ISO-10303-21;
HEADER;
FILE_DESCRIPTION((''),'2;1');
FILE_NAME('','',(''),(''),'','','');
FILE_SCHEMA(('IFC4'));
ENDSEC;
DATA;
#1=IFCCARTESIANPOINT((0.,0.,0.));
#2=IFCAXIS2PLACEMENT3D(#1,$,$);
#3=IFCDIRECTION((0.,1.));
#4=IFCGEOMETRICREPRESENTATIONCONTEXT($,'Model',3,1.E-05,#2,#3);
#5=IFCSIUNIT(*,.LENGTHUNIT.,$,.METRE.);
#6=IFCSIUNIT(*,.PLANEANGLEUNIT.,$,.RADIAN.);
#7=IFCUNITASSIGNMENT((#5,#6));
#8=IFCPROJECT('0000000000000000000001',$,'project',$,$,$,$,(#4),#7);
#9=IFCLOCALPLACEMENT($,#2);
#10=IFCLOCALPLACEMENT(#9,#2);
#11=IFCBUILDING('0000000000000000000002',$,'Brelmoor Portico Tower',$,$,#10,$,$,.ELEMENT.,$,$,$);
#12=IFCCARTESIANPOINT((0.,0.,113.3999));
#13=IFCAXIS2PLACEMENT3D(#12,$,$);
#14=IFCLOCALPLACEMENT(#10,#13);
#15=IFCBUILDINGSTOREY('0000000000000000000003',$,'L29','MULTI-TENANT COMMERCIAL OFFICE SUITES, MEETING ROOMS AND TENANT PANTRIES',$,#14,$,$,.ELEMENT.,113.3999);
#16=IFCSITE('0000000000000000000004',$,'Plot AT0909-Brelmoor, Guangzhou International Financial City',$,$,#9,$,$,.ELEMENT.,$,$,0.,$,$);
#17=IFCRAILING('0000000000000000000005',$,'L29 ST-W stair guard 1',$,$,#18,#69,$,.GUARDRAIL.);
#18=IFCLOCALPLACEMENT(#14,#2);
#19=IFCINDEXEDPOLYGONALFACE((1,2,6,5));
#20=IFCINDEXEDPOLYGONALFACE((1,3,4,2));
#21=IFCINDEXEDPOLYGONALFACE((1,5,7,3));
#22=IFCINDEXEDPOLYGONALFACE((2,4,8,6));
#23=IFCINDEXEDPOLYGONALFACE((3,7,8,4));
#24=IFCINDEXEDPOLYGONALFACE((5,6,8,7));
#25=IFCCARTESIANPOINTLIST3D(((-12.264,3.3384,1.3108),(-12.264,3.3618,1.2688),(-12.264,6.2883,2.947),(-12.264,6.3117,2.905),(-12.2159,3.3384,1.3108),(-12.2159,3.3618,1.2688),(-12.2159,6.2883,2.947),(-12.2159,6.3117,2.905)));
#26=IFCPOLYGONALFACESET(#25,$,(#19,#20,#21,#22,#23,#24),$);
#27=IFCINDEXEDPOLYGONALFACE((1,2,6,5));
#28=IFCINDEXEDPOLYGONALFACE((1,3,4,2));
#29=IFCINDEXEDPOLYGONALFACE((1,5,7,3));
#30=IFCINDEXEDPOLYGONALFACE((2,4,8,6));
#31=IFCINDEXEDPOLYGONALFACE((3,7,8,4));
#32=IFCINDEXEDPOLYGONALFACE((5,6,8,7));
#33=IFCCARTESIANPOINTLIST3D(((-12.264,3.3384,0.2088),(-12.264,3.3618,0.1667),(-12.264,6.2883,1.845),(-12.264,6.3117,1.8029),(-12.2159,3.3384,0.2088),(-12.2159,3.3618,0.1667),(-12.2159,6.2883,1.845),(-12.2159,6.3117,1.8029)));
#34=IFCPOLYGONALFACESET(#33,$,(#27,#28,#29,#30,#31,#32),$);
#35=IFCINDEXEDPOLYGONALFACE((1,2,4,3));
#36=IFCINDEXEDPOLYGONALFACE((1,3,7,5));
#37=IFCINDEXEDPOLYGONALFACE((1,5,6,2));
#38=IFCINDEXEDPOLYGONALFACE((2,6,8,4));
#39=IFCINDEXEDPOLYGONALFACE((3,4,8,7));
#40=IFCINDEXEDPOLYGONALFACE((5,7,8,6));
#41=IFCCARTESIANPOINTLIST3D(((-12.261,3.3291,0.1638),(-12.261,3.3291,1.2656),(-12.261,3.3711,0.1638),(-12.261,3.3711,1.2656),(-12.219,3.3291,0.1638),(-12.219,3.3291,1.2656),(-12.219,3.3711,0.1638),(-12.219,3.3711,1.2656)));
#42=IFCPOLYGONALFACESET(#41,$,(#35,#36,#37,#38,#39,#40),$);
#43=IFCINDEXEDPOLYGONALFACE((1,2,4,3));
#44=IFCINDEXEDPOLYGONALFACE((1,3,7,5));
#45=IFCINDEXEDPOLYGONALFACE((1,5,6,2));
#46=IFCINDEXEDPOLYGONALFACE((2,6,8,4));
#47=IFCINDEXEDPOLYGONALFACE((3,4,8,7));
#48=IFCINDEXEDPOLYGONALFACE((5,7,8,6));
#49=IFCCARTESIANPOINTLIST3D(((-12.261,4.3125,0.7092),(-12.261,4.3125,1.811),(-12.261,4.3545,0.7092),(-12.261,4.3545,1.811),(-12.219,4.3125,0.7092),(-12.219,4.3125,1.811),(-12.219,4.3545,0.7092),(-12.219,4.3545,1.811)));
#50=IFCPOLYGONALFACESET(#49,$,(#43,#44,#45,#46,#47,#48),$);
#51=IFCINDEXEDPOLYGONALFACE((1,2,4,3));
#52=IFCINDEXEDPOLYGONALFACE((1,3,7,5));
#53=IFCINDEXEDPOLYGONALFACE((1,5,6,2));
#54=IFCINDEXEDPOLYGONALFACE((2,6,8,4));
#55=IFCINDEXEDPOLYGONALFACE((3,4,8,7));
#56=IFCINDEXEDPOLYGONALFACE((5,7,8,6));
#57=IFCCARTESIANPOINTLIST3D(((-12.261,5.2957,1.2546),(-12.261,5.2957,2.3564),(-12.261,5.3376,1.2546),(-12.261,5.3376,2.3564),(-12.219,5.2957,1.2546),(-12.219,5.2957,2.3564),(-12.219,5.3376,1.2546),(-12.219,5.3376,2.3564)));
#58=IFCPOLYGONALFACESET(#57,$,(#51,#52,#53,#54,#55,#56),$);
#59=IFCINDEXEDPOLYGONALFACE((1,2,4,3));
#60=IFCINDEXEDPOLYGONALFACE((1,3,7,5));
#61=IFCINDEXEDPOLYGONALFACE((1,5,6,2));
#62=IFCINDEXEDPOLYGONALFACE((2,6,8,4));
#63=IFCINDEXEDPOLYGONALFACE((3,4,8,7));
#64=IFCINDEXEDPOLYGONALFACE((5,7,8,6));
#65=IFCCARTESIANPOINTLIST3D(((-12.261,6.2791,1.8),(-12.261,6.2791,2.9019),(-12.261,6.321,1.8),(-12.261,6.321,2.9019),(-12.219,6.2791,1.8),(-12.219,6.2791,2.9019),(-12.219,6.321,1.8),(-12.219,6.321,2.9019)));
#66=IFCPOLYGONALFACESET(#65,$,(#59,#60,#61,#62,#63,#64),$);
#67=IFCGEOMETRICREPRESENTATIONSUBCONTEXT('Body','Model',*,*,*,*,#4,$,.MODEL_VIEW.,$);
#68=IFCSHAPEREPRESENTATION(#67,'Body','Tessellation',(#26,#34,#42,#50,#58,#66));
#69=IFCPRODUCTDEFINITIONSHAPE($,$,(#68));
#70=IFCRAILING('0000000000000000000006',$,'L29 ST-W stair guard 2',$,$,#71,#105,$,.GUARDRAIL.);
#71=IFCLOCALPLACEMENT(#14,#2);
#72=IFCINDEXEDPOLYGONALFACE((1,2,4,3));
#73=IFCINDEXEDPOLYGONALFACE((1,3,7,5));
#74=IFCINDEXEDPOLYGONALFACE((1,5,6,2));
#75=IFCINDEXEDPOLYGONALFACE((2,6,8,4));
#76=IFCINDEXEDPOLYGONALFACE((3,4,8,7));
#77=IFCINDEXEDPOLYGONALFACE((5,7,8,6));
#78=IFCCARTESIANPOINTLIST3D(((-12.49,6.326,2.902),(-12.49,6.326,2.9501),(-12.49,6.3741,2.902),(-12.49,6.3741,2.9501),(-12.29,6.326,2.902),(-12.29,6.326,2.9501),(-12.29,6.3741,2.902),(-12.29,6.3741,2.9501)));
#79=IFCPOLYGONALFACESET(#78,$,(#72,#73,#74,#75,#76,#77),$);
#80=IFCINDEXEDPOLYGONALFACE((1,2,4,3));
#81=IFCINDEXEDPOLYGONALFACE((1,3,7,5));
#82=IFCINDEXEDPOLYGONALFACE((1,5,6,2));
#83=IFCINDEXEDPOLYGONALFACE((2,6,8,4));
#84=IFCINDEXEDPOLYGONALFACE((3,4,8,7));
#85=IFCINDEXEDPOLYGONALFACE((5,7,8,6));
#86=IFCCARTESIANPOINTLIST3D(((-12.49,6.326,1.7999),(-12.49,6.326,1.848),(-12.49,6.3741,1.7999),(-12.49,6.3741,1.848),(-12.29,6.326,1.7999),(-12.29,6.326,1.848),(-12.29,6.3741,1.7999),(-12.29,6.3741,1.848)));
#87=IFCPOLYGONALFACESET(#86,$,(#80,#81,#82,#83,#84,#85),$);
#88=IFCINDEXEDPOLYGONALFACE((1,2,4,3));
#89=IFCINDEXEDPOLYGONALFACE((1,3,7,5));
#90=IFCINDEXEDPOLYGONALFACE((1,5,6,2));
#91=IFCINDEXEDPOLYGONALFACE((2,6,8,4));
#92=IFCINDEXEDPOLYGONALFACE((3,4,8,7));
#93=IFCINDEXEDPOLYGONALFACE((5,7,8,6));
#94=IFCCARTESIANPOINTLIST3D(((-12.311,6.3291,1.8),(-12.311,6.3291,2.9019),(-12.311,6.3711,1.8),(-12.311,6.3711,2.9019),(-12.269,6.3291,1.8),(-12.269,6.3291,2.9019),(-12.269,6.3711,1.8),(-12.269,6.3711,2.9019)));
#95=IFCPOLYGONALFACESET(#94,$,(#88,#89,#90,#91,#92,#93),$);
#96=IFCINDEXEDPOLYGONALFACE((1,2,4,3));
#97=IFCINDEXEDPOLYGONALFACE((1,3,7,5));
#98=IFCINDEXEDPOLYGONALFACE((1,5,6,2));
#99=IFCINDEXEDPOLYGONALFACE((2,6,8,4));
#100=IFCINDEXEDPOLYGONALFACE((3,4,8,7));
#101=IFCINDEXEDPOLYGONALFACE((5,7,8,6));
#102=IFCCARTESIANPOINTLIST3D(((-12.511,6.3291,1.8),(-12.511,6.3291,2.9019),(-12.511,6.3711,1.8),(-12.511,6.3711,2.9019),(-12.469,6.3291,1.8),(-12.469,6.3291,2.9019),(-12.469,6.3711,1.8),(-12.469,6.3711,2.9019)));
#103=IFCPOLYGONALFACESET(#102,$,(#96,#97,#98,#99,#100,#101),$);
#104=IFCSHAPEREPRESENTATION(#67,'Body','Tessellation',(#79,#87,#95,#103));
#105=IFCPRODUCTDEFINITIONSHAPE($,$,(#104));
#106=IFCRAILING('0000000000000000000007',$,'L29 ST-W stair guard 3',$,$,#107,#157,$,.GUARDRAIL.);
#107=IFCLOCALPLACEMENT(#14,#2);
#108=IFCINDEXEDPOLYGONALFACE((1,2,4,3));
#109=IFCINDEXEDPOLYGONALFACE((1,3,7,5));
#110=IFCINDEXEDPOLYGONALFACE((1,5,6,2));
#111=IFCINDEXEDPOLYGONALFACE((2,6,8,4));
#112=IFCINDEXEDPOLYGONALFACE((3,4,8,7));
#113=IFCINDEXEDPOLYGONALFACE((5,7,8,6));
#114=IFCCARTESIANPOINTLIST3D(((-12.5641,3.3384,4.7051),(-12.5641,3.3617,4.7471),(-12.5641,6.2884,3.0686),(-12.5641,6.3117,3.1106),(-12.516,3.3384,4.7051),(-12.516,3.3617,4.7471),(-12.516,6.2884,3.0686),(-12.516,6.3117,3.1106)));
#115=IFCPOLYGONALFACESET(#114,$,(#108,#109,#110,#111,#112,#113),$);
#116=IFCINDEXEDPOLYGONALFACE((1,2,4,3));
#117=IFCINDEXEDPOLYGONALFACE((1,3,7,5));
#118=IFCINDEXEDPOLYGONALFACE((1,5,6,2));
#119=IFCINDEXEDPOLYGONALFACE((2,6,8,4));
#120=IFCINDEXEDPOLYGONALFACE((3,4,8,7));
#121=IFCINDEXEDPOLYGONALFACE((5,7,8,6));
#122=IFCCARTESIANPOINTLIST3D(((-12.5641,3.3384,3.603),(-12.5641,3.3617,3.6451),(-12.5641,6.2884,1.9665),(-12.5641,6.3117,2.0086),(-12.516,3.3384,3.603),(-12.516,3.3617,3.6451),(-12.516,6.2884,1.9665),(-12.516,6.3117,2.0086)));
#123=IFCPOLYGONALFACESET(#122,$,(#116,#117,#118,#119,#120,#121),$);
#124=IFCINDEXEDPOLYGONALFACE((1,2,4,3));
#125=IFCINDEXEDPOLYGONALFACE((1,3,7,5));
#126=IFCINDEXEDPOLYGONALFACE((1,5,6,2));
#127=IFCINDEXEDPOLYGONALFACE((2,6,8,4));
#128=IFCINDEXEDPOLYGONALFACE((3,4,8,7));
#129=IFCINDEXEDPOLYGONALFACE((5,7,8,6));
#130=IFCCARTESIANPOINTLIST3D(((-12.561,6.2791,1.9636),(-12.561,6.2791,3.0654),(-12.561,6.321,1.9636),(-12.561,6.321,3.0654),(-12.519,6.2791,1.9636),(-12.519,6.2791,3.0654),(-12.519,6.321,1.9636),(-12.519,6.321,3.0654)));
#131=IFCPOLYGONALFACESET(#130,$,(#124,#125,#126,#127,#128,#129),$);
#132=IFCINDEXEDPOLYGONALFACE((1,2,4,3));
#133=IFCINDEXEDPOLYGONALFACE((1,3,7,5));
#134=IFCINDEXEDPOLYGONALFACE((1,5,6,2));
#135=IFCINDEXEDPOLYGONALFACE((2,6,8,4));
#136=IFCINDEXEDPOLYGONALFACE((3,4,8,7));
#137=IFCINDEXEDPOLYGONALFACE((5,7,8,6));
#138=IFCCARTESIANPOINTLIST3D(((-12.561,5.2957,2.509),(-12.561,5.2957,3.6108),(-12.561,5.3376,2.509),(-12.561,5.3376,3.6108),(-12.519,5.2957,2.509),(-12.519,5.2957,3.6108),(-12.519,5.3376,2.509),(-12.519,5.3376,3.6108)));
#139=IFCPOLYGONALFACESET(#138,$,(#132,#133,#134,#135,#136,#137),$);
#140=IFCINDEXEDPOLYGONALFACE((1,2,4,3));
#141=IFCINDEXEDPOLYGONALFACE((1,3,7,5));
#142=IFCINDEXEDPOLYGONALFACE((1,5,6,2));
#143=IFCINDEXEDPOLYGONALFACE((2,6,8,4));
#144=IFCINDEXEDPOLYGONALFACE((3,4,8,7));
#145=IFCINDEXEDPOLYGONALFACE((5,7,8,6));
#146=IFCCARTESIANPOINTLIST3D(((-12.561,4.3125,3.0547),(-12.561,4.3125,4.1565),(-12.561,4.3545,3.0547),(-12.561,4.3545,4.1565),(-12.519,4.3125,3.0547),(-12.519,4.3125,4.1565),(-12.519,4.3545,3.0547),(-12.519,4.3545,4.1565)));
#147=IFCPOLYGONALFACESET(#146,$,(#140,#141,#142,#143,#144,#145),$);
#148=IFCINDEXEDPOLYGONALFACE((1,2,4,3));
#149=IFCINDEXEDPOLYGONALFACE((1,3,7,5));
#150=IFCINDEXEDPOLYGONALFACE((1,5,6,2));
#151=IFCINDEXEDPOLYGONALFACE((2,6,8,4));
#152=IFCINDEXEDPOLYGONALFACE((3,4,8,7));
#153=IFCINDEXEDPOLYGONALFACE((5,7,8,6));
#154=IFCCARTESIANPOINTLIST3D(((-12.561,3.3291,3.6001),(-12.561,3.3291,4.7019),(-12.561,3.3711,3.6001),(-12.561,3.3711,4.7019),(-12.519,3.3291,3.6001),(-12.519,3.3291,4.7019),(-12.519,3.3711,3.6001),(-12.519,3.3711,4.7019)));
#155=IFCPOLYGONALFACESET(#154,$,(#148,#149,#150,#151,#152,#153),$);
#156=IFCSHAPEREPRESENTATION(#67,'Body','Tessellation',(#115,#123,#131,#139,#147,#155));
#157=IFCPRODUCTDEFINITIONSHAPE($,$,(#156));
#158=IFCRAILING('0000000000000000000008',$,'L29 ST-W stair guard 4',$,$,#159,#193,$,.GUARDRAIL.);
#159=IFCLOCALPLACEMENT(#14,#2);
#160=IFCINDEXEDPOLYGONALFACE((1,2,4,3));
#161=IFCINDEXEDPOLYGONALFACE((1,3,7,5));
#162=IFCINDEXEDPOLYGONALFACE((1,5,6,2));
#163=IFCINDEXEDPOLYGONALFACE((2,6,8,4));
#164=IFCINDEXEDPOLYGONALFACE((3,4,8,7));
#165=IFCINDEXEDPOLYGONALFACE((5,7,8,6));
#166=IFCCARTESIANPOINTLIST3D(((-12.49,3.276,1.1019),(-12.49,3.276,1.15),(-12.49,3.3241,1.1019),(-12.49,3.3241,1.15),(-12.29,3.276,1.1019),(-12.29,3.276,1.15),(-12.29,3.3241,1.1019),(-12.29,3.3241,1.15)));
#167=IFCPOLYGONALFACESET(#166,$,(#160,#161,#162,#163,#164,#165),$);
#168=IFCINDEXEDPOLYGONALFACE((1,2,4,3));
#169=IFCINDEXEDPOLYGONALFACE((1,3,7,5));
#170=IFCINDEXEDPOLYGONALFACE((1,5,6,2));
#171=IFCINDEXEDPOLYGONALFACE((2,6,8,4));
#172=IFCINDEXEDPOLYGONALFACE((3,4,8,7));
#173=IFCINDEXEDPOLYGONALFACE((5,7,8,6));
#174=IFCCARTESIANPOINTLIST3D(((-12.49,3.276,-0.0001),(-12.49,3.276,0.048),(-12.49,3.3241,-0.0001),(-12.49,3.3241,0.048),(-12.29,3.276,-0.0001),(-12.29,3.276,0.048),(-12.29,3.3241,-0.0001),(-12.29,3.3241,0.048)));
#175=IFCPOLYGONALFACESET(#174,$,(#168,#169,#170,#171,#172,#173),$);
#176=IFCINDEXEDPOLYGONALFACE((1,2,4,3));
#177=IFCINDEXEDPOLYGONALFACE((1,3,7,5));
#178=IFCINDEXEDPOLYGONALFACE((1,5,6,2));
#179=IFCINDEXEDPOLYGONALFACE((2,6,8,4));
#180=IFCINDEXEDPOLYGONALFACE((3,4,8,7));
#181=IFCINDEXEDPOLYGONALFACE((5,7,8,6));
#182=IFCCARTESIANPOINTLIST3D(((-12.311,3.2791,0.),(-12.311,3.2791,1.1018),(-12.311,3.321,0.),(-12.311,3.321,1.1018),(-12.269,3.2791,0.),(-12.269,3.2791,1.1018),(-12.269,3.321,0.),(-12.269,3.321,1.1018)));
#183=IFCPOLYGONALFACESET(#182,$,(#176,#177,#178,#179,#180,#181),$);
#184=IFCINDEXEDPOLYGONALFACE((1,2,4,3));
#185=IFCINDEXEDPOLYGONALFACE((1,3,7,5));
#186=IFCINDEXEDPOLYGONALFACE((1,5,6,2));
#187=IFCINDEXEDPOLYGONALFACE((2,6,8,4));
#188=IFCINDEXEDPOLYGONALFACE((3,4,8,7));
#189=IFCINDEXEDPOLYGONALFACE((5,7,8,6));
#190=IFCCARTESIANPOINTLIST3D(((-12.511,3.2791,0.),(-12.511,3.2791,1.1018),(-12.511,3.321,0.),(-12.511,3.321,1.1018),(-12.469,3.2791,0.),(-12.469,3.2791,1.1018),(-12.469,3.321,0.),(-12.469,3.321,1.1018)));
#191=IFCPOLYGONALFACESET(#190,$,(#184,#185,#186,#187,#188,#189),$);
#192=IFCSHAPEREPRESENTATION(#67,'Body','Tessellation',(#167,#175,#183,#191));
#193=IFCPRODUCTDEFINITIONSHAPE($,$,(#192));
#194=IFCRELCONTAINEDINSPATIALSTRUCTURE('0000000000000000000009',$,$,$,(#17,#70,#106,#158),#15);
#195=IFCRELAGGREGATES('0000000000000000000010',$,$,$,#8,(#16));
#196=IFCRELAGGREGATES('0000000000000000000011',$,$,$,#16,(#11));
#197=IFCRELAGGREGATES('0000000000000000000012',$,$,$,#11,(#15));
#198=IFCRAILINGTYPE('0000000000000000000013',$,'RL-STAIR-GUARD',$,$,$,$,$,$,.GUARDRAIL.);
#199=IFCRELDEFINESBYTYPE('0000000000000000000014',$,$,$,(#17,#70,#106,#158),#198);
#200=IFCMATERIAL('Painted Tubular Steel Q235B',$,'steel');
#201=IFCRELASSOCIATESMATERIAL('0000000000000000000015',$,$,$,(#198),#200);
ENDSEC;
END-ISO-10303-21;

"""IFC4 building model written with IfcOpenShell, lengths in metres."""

from ifc_helpers import new_model, si_unit, direction, frame, origin, origin_2d, place, context, subcontext, project, spatial, rectangle, extrude, material, type_object, element, save


model = new_model("IFC4")

# Units and contexts
model_context = context("Model", 3, precision=1e-05, world=origin(), true_north=direction((0.0, 1.0)))
body_context = subcontext(model_context, "Body", "Model", "MODEL_VIEW")
ifc_project = project(units=[si_unit("LENGTHUNIT", "METRE"), si_unit("PLANEANGLEUNIT", "RADIAN")], contexts=[model_context])

# Site, building, storey
site_placement = place(None, origin())
site = spatial("IfcSite", under=ifc_project, at=site_placement, Name="Plot AT0909-Brelmoor, Guangzhou International Financial City", CompositionType="ELEMENT", RefElevation=0.0)
building_placement = place(site_placement, origin())
building = spatial("IfcBuilding", under=site, at=building_placement, Name="Brelmoor Portico Tower", CompositionType="ELEMENT")
storey_placement = place(building_placement, frame((0.0, 0.0, 113.3999)))
storey = spatial("IfcBuildingStorey", under=building, at=storey_placement, Name="L29", Description="MULTI-TENANT COMMERCIAL OFFICE SUITES, MEETING ROOMS AND TENANT PANTRIES", CompositionType="ELEMENT", Elevation=113.3999)

# Railings
ifc_material_1 = material(Name="Painted Tubular Steel Q235B", Category="steel")
railing_type_1 = type_object("IfcRailingType", Name="RL-STAIR-GUARD", PredefinedType="GUARDRAIL", material=ifc_material_1)
railing_1_placement = place(storey_placement, frame((-12.24, 3.3501, 0.1638)))
element("IfcRailing", 1, at=railing_1_placement, inside=storey, type_object=railing_type_1, Name="L29 ST-W stair guard 1", PredefinedType="GUARDRAIL", context=body_context, shape_type="SweptSolid", body=[
    extrude(rectangle(XDim=0.0481, YDim=0.0481, at=origin_2d()), frame((0.0, 0.0, 1.126), z_axis=(0.0, 0.874488, 0.485047), x_axis=(-1.0, 0.0, 0.0)), (0.0, 0.0, 1.0), 3.3733),
    extrude(rectangle(XDim=0.0481, YDim=0.0481, at=origin_2d()), frame((0.0, 0.0, 0.0239), z_axis=(0.0, 0.874488, 0.485047), x_axis=(-1.0, 0.0, 0.0)), (0.0, 0.0, 1.0), 3.3733),
    extrude(rectangle(XDim=0.042, YDim=0.042, at=origin_2d()), origin(), (0.0, 0.0, 1.0), 1.1018),
    extrude(rectangle(XDim=0.042, YDim=0.042, at=origin_2d()), frame((0.0, 0.9834, 0.5454)), (0.0, 0.0, 1.0), 1.1018),
    extrude(rectangle(XDim=0.042, YDim=0.042, at=origin_2d()), frame((0.0, 1.9666, 1.0908)), (0.0, 0.0, 1.0), 1.1018),
    extrude(rectangle(XDim=0.042, YDim=0.042, at=origin_2d()), frame((0.0, 2.95, 1.6362)), (0.0, 0.0, 1.0), 1.1018),
])
railing_2_placement = place(storey_placement, frame((-12.29, 6.3501, 1.8)))
element("IfcRailing", 2, at=railing_2_placement, inside=storey, type_object=railing_type_1, Name="L29 ST-W stair guard 2", PredefinedType="GUARDRAIL", context=body_context, shape_type="SweptSolid", body=[
    extrude(rectangle(XDim=0.0481, YDim=0.0481, at=origin_2d()), frame((0.0, 0.0, 1.126), z_axis=(-1.0, 0.0, 0.0), x_axis=(0.0, -1.0, 0.0)), (0.0, 0.0, 1.0), 0.2),
    extrude(rectangle(XDim=0.0481, YDim=0.0481, at=origin_2d()), frame((0.0, 0.0, 0.0239), z_axis=(-1.0, 0.0, 0.0), x_axis=(0.0, -1.0, 0.0)), (0.0, 0.0, 1.0), 0.2),
    extrude(rectangle(XDim=0.042, YDim=0.042, at=origin_2d()), origin(), (0.0, 0.0, 1.0), 1.1018),
    extrude(rectangle(XDim=0.042, YDim=0.042, at=origin_2d()), frame((-0.2, 0.0, 0.0)), (0.0, 0.0, 1.0), 1.1018),
])
railing_3_placement = place(storey_placement, frame((-12.54, 6.3, 1.9636)))
element("IfcRailing", 3, at=railing_3_placement, inside=storey, type_object=railing_type_1, Name="L29 ST-W stair guard 3", PredefinedType="GUARDRAIL", context=body_context, shape_type="SweptSolid", body=[
    extrude(rectangle(XDim=0.0481, YDim=0.0481, at=origin_2d()), frame((0.0, 0.0, 1.126), z_axis=(0.0, -0.874458, 0.485102), x_axis=(1.0, 0.0, 0.0)), (0.0, 0.0, 1.0), 3.3735),
    extrude(rectangle(XDim=0.0481, YDim=0.0481, at=origin_2d()), frame((0.0, 0.0, 0.0239), z_axis=(0.0, -0.874458, 0.485102), x_axis=(1.0, 0.0, 0.0)), (0.0, 0.0, 1.0), 3.3735),
    extrude(rectangle(XDim=0.042, YDim=0.042, at=origin_2d()), origin(), (0.0, 0.0, 1.0), 1.1018),
    extrude(rectangle(XDim=0.042, YDim=0.042, at=origin_2d()), frame((0.0, -0.9834, 0.5454)), (0.0, 0.0, 1.0), 1.1018),
    extrude(rectangle(XDim=0.042, YDim=0.042, at=origin_2d()), frame((0.0, -1.9666, 1.0911)), (0.0, 0.0, 1.0), 1.1018),
    extrude(rectangle(XDim=0.042, YDim=0.042, at=origin_2d()), frame((0.0, -2.95, 1.6365)), (0.0, 0.0, 1.0), 1.1018),
])
railing_4_placement = place(storey_placement, frame((-12.29, 3.3, 0.0)))
element("IfcRailing", 4, at=railing_4_placement, inside=storey, type_object=railing_type_1, Name="L29 ST-W stair guard 4", PredefinedType="GUARDRAIL", context=body_context, shape_type="SweptSolid", body=[
    extrude(rectangle(XDim=0.0481, YDim=0.0481, at=origin_2d()), frame((0.0, 0.0, 1.126), z_axis=(-1.0, 0.0, 0.0), x_axis=(0.0, -1.0, 0.0)), (0.0, 0.0, 1.0), 0.2),
    extrude(rectangle(XDim=0.0481, YDim=0.0481, at=origin_2d()), frame((0.0, 0.0, 0.0239), z_axis=(-1.0, 0.0, 0.0), x_axis=(0.0, -1.0, 0.0)), (0.0, 0.0, 1.0), 0.2),
    extrude(rectangle(XDim=0.042, YDim=0.042, at=origin_2d()), origin(), (0.0, 0.0, 1.0), 1.1018),
    extrude(rectangle(XDim=0.042, YDim=0.042, at=origin_2d()), frame((-0.2, 0.0, 0.0)), (0.0, 0.0, 1.0), 1.1018),
])

save(model, "model.ifc")
